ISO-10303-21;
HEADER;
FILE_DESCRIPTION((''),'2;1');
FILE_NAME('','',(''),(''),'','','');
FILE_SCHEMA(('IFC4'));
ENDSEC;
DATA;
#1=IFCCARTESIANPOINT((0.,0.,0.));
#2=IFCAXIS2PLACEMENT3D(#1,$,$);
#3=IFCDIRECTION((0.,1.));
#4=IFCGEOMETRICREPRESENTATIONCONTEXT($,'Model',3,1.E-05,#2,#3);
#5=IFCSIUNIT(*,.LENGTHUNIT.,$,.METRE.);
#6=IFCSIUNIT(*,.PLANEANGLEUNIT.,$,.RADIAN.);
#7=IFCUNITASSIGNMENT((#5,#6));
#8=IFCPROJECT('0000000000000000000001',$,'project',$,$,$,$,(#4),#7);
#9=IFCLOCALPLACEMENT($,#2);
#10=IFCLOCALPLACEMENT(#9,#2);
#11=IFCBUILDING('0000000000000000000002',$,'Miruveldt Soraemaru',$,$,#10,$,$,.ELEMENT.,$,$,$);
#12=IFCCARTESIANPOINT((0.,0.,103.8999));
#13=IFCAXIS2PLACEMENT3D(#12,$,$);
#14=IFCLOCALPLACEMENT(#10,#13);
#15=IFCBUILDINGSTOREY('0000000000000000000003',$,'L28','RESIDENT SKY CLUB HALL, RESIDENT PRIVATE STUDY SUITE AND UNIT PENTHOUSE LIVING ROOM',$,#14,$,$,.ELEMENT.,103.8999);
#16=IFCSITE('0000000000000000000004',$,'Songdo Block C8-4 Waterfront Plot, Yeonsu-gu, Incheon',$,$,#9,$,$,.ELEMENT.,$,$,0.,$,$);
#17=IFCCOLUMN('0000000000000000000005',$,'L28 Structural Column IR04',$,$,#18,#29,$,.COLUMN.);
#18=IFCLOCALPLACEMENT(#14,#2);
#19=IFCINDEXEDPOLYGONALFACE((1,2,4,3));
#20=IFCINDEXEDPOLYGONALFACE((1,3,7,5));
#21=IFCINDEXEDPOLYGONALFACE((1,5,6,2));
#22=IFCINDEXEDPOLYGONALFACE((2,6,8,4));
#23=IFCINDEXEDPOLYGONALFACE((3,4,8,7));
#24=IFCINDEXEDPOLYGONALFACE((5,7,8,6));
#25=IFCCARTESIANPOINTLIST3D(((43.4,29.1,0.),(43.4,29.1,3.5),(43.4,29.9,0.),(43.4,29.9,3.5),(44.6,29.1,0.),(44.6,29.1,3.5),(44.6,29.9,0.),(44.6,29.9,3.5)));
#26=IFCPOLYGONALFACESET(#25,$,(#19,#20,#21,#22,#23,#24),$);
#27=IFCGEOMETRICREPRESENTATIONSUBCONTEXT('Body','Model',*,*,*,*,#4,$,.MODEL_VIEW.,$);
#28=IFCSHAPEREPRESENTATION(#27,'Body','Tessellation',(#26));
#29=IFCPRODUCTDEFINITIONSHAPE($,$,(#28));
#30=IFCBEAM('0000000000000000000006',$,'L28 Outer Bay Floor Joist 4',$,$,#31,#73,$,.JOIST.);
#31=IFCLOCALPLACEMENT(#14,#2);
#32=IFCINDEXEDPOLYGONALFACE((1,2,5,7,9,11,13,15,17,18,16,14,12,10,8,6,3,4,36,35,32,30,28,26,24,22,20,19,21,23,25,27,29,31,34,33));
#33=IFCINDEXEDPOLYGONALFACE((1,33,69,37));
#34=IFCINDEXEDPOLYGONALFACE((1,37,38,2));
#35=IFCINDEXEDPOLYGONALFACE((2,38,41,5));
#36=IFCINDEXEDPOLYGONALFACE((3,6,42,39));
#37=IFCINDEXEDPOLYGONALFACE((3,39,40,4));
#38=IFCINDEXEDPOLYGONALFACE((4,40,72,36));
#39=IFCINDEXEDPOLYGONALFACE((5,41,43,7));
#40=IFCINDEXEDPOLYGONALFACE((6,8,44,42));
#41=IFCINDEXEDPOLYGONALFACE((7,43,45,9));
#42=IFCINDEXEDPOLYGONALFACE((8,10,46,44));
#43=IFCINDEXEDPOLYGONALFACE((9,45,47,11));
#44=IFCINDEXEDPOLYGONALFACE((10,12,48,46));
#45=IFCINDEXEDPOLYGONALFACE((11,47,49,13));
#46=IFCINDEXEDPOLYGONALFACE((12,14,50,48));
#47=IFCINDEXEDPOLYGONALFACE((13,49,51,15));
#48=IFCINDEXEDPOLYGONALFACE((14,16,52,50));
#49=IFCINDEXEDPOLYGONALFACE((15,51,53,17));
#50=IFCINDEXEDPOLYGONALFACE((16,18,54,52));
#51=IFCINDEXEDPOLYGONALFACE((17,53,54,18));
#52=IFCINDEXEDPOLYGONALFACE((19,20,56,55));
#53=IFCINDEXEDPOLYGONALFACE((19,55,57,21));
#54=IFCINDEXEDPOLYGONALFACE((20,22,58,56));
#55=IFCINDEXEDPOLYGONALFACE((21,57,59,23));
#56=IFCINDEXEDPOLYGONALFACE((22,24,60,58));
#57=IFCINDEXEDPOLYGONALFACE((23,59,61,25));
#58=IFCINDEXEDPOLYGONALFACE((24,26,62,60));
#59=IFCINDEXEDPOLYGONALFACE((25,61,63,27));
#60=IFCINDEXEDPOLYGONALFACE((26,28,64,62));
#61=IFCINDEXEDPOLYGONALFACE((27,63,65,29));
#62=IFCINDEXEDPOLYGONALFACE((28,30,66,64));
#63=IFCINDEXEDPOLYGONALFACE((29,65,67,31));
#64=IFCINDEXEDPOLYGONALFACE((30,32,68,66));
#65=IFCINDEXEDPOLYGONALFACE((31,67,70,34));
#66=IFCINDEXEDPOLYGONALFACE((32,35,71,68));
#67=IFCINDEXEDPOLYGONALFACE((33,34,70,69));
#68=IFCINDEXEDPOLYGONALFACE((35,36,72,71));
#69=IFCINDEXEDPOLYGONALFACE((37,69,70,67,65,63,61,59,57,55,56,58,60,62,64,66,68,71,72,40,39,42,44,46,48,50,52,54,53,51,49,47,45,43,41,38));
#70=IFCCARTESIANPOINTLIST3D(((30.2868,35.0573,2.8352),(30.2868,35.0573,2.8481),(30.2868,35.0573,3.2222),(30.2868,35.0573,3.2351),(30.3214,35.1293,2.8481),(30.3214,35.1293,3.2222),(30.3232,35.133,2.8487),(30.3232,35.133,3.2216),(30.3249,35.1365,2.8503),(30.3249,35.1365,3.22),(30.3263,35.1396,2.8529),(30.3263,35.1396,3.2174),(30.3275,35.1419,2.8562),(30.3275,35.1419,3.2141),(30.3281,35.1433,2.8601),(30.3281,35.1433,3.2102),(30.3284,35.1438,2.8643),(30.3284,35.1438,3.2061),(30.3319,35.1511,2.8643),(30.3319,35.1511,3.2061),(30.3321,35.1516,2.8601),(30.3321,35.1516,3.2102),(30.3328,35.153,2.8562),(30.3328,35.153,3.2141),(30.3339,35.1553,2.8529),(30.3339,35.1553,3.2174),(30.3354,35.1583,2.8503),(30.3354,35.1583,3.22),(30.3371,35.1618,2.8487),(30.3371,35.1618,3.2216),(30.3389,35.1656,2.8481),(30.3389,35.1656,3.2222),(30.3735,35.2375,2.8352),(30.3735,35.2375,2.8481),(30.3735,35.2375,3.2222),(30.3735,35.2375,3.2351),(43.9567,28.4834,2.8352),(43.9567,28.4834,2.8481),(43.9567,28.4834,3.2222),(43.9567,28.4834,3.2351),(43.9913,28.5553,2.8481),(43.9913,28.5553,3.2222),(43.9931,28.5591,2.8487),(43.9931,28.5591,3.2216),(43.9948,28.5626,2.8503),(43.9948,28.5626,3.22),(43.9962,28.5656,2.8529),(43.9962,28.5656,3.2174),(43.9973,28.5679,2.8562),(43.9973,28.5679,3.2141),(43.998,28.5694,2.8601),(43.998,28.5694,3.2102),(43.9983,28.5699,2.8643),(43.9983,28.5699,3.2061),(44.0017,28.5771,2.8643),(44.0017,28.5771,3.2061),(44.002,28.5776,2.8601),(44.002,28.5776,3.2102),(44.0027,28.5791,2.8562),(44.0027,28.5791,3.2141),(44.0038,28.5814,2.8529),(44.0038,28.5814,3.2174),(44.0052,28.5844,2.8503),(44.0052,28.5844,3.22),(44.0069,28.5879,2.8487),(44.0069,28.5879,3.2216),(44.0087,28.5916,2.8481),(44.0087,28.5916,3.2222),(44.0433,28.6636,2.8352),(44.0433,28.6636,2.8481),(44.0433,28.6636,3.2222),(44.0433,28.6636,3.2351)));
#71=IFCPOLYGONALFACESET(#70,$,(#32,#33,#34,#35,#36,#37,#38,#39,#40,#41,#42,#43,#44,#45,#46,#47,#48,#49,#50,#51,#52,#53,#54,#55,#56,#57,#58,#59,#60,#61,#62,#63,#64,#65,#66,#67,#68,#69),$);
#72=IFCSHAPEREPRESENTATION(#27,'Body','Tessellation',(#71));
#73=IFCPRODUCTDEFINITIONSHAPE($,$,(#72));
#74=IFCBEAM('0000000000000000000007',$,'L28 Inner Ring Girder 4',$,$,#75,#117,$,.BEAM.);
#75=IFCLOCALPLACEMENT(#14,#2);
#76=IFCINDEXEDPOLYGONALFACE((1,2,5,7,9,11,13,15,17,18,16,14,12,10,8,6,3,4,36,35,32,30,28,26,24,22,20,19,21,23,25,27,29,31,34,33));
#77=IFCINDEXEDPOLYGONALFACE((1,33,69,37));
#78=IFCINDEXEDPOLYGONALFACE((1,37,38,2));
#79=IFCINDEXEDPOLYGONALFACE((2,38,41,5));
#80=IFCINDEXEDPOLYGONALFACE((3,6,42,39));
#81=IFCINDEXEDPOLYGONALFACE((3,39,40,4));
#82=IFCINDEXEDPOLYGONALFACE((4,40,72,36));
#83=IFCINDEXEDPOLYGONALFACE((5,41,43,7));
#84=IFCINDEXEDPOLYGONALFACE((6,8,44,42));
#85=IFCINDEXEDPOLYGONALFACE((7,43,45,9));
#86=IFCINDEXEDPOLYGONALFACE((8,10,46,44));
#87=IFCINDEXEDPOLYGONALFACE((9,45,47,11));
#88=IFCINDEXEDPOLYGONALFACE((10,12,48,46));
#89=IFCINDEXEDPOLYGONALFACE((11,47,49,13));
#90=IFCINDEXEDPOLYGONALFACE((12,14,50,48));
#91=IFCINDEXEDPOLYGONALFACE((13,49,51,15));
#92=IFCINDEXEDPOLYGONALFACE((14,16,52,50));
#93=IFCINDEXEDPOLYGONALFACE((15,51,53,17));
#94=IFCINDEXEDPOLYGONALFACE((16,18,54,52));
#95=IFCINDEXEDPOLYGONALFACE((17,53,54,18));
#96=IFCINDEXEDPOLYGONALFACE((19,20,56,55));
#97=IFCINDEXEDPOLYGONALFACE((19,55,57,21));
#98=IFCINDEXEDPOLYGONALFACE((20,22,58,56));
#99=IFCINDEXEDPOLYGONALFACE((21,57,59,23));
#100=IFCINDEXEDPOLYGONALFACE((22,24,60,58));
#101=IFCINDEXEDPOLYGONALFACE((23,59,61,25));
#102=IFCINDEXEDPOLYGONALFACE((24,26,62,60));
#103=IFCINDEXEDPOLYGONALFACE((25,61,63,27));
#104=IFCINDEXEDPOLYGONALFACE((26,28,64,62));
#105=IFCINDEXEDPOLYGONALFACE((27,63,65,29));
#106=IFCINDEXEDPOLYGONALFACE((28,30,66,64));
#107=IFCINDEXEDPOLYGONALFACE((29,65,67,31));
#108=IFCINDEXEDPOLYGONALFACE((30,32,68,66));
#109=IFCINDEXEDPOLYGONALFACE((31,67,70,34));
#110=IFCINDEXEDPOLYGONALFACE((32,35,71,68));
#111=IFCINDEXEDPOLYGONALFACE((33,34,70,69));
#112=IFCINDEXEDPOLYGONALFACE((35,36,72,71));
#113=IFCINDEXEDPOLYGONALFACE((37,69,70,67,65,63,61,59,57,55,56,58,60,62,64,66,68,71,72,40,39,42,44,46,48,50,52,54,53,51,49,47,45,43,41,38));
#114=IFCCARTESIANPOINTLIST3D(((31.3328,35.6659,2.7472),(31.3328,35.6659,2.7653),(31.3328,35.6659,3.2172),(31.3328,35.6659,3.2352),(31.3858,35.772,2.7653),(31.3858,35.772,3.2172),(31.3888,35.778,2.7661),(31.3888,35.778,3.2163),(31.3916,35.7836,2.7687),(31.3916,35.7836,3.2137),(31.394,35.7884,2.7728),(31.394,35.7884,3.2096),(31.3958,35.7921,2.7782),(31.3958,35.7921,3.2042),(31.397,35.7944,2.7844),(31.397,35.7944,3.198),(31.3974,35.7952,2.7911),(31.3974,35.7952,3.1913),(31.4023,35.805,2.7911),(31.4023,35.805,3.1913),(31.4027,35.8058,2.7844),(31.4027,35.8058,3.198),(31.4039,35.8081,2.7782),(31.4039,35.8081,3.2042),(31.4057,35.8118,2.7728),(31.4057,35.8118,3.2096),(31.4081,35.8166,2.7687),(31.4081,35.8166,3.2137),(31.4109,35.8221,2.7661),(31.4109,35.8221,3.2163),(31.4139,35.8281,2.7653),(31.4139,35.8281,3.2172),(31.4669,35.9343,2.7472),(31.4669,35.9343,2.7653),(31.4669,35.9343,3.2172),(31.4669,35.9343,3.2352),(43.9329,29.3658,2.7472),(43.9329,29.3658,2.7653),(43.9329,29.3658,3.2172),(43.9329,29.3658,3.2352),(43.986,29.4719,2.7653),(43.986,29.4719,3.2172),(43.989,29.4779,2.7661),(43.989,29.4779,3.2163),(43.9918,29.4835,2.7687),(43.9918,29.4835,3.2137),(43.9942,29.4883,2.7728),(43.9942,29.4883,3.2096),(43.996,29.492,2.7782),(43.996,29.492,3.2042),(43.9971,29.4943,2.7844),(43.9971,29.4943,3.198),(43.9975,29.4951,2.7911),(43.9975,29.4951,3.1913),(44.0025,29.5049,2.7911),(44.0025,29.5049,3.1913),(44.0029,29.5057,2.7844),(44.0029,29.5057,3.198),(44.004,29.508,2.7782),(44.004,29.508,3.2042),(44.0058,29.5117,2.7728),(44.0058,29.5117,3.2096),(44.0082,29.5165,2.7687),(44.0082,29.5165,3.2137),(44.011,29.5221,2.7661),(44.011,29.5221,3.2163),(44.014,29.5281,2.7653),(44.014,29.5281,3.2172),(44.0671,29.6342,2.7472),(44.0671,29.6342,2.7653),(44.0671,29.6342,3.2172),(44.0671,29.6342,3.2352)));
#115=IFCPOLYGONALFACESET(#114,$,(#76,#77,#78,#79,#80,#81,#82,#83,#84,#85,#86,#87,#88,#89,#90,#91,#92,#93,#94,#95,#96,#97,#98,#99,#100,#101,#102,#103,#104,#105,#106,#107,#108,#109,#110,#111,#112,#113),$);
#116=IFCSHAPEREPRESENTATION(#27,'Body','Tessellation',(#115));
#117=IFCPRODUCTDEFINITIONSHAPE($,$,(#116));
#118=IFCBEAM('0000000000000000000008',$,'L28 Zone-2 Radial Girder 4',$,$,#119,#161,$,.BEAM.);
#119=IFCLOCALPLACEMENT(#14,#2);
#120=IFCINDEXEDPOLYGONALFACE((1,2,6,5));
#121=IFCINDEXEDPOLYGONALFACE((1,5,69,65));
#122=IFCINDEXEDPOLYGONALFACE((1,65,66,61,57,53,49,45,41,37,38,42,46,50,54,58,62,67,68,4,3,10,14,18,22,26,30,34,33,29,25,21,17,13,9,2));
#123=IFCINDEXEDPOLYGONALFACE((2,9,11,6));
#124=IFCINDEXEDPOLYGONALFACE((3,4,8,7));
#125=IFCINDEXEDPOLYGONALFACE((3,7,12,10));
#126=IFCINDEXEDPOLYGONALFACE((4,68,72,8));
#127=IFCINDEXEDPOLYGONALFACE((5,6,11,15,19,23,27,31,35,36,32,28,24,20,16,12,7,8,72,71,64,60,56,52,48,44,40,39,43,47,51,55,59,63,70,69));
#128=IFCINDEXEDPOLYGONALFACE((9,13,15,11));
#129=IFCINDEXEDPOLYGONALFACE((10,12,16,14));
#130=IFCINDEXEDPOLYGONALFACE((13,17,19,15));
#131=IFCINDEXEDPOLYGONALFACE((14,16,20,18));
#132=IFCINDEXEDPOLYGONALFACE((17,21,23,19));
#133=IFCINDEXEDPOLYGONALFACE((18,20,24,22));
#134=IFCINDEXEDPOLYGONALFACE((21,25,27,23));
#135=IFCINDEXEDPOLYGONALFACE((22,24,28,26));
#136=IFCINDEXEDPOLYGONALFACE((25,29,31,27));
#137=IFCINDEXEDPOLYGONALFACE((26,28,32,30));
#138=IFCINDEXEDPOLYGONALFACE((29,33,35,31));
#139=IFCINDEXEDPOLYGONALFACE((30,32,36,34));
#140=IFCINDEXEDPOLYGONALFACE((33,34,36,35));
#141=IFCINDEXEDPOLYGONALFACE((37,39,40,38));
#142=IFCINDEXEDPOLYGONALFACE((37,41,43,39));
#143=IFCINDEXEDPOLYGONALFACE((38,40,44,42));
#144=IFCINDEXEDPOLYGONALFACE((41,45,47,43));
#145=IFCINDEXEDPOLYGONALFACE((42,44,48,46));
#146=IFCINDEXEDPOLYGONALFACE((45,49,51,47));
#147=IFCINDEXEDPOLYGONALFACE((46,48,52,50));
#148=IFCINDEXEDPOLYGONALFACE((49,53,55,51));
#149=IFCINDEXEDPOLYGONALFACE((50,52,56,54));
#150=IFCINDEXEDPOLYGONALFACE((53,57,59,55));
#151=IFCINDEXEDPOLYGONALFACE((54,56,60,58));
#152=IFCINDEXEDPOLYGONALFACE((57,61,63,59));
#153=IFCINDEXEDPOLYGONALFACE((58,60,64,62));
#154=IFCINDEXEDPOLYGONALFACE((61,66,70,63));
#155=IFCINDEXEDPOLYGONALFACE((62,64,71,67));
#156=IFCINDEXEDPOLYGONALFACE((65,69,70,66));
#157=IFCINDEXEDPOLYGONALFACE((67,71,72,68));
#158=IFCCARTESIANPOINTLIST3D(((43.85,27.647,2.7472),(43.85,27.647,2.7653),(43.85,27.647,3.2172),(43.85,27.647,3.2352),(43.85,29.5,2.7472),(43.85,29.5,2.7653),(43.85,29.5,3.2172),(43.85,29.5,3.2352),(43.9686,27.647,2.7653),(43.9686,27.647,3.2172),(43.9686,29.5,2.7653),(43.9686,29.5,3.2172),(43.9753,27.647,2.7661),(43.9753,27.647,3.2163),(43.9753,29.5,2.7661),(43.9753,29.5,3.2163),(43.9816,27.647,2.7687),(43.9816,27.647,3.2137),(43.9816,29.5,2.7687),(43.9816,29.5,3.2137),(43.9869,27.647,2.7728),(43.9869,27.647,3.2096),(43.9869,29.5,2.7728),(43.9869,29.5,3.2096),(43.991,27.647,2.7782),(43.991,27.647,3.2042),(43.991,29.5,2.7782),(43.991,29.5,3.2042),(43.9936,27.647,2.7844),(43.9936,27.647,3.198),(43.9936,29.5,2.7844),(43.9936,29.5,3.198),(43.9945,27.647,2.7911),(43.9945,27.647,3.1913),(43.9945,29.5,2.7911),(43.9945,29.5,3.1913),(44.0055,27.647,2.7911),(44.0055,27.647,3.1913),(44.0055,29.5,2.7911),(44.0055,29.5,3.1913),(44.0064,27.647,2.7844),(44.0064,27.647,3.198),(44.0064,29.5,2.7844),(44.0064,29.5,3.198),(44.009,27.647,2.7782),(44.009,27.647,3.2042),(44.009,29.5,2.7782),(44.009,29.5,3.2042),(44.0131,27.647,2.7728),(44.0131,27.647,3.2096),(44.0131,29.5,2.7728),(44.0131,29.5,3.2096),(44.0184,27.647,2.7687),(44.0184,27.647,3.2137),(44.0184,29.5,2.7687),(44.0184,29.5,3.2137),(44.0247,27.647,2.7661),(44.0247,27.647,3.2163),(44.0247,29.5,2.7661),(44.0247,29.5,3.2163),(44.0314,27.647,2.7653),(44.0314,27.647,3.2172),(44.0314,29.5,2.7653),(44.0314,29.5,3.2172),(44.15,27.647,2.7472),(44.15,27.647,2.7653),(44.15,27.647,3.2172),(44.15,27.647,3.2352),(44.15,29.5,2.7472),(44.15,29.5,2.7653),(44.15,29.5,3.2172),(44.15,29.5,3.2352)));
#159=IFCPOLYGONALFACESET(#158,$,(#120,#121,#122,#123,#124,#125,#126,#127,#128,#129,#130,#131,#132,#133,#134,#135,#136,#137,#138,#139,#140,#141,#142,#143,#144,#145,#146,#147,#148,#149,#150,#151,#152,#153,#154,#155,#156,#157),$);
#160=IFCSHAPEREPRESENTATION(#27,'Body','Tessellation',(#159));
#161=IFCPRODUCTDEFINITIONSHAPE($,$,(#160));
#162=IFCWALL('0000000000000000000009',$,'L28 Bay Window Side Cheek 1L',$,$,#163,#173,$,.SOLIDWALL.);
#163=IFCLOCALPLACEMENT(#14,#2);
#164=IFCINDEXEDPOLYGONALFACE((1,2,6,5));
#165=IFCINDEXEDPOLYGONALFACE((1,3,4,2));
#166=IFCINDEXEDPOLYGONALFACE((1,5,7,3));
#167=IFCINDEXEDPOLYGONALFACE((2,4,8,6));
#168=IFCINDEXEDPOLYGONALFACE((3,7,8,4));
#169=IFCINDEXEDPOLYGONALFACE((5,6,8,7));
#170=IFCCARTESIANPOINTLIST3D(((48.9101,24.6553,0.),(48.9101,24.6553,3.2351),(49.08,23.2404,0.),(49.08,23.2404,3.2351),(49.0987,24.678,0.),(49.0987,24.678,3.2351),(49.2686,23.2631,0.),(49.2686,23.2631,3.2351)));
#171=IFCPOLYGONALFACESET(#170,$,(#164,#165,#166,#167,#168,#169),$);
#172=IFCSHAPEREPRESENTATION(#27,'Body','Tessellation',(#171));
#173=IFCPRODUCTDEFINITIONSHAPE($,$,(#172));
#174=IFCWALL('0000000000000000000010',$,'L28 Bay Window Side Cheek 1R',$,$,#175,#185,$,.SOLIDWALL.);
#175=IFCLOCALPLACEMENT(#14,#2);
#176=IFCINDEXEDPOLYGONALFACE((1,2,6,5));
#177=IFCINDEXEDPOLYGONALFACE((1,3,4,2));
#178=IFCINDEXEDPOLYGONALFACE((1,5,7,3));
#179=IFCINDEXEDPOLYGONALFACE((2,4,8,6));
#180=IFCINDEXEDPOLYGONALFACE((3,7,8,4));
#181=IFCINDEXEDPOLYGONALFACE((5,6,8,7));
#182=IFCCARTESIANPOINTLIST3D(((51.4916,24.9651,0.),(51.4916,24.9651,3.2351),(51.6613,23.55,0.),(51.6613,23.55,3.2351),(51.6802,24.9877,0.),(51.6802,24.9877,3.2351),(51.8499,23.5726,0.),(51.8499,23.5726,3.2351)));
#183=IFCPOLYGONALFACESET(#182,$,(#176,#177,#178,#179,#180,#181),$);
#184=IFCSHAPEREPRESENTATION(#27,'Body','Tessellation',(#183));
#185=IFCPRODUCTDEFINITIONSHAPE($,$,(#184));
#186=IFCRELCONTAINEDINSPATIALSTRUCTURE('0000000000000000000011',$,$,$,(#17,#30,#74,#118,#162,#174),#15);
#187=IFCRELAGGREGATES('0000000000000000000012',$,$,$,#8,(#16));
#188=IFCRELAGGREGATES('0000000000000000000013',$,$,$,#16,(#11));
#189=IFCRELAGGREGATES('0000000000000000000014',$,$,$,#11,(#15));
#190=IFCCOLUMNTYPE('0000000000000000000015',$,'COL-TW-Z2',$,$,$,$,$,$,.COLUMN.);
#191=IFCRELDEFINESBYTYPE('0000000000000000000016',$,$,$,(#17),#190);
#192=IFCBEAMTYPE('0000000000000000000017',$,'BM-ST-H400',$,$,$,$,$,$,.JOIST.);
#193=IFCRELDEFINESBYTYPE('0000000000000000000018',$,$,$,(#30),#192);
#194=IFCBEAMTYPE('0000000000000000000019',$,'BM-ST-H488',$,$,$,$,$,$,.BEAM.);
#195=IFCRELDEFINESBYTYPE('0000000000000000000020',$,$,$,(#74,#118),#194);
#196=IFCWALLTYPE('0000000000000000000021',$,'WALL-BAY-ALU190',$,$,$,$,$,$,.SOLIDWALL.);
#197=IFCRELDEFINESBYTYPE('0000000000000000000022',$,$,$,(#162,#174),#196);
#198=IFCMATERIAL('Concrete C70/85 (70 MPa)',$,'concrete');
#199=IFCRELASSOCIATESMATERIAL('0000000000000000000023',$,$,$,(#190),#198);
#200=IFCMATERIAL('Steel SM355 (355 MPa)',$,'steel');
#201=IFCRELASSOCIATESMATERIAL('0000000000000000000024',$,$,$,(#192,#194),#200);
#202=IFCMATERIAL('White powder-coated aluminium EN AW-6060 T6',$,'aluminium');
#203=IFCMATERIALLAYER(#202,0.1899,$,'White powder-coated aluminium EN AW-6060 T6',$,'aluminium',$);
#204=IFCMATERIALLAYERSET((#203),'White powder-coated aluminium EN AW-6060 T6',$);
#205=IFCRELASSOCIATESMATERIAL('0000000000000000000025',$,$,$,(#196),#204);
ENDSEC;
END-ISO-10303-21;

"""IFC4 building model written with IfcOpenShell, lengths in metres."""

from ifc_helpers import new_model, si_unit, direction, frame, frame_2d, origin, origin_2d, place, context, subcontext, project, spatial, rectangle, i_section, extrude, material, layer, layer_set, material_profile, profile_set, type_object, element, save


model = new_model("IFC4")

# Units and contexts
model_context = context("Model", 3, precision=1e-05, world=origin(), true_north=direction((0.0, 1.0)))
body_context = subcontext(model_context, "Body", "Model", "MODEL_VIEW")
ifc_project = project(units=[si_unit("LENGTHUNIT", "METRE"), si_unit("PLANEANGLEUNIT", "RADIAN")], contexts=[model_context])

# Site, building, storey
site_placement = place(None, origin())
site = spatial("IfcSite", under=ifc_project, at=site_placement, Name="Songdo Block C8-4 Waterfront Plot, Yeonsu-gu, Incheon", CompositionType="ELEMENT", RefElevation=0.0)
building_placement = place(site_placement, origin())
building = spatial("IfcBuilding", under=site, at=building_placement, Name="Miruveldt Soraemaru", CompositionType="ELEMENT")
storey_placement = place(building_placement, frame((0.0, 0.0, 103.8999)))
storey = spatial("IfcBuildingStorey", under=building, at=storey_placement, Name="L28", Description="RESIDENT SKY CLUB HALL, RESIDENT PRIVATE STUDY SUITE AND UNIT PENTHOUSE LIVING ROOM", CompositionType="ELEMENT", Elevation=103.8999)

# Column
ifc_material_1 = material(Name="Concrete C70/85 (70 MPa)", Category="concrete")
ifc_material_profile_1 = material_profile(ifc_material_1, rectangle(XDim=1.2, YDim=0.8, at=origin_2d()), Name="Concrete C70/85 (70 MPa)", Category="concrete")
ifc_profile_set_1 = profile_set([ifc_material_profile_1], Name="Concrete C70/85 (70 MPa)")
column_type = type_object("IfcColumnType", Name="COL-TW-Z2", PredefinedType="COLUMN", material=ifc_profile_set_1)
column_placement = place(storey_placement, frame((44.0, 29.5, 0.0), z_axis=(0.0, 0.0, 1.0), x_axis=(1.0, 0.0, 0.0)))
element("IfcColumn", 1, at=column_placement, inside=storey, type_object=column_type, Name="L28 Structural Column IR04", PredefinedType="COLUMN", context=body_context, shape_type="SweptSolid", body=[
    extrude(rectangle(XDim=1.2, YDim=0.8, at=origin_2d()), origin(), (0.0, 0.0, 1.0), 3.5),
])

# Beams
ifc_material_2 = material(Name="Steel SM355 (355 MPa)", Category="steel")
ifc_material_profile_2 = material_profile(ifc_material_2, i_section(OverallWidth=0.2, OverallDepth=0.3999, WebThickness=0.0081, FlangeThickness=0.0129, FilletRadius=0.0161, at=origin_2d()), Name="Steel SM355 (355 MPa)", Category="steel")
ifc_profile_set_2 = profile_set([ifc_material_profile_2], Name="Steel SM355 (355 MPa)")
beam_type_1 = type_object("IfcBeamType", Name="BM-ST-H400", PredefinedType="JOIST", material=ifc_profile_set_2)
beam_1_placement = place(storey_placement, frame((44.0, 28.5735, 3.0352), z_axis=(-0.901204, 0.433396, 0.0), x_axis=(-0.433396, -0.901204, 0.0)))
element("IfcBeam", 2, at=beam_1_placement, inside=storey, type_object=beam_type_1, Name="L28 Outer Bay Floor Joist 4", PredefinedType="JOIST", context=body_context, shape_type="SweptSolid", body=[
    extrude(i_section(OverallWidth=0.2, OverallDepth=0.3999, WebThickness=0.0081, FlangeThickness=0.0129, FilletRadius=0.0161, at=origin_2d()), origin(), (0.0, 0.0, 1.0), 15.1685),
])
ifc_material_profile_3 = material_profile(ifc_material_2, i_section(OverallWidth=0.3, OverallDepth=0.488, WebThickness=0.011, FlangeThickness=0.0181, FilletRadius=0.0259, at=origin_2d()), Name="Steel SM355 (355 MPa)", Category="steel")
ifc_profile_set_3 = profile_set([ifc_material_profile_3], Name="Steel SM355 (355 MPa)")
beam_type_2 = type_object("IfcBeamType", Name="BM-ST-H488", PredefinedType="BEAM", material=ifc_profile_set_3)
beam_2_placement = place(storey_placement, frame((44.0, 29.5, 2.9912), z_axis=(-0.894427, 0.447214, 0.0), x_axis=(-0.447214, -0.894427, 0.0)))
element("IfcBeam", 3, at=beam_2_placement, inside=storey, type_object=beam_type_2, Name="L28 Inner Ring Girder 4", PredefinedType="BEAM", context=body_context, shape_type="SweptSolid", body=[
    extrude(i_section(OverallWidth=0.3, OverallDepth=0.488, WebThickness=0.011, FlangeThickness=0.0181, FilletRadius=0.0259, at=origin_2d()), origin(), (0.0, 0.0, 1.0), 14.0874),
])
beam_3_placement = place(storey_placement, frame((44.0, 29.5, 2.9912), z_axis=(0.0, -1.0, 0.0), x_axis=(1.0, 0.0, 0.0)))
element("IfcBeam", 4, at=beam_3_placement, inside=storey, type_object=beam_type_2, Name="L28 Zone-2 Radial Girder 4", PredefinedType="BEAM", context=body_context, shape_type="SweptSolid", body=[
    extrude(i_section(OverallWidth=0.3, OverallDepth=0.488, WebThickness=0.011, FlangeThickness=0.0181, FilletRadius=0.0259, at=origin_2d()), origin(), (0.0, 0.0, 1.0), 1.853),
])

# Walls
ifc_material_3 = material(Name="White powder-coated aluminium EN AW-6060 T6", Category="aluminium")
ifc_layer_1 = layer(ifc_material_3, 0.1899, Name="White powder-coated aluminium EN AW-6060 T6", Category="aluminium")
ifc_layer_set_1 = layer_set([ifc_layer_1], Name="White powder-coated aluminium EN AW-6060 T6")
wall_type_1 = type_object("IfcWallType", Name="WALL-BAY-ALU190", PredefinedType="SOLIDWALL", material=ifc_layer_set_1)
wall_1_placement = place(storey_placement, frame((49.0044, 24.6665, 0.0), z_axis=(0.0, 0.0, 1.0), x_axis=(0.119247, -0.992865, 0.0)))
element("IfcWall", 5, at=wall_1_placement, inside=storey, type_object=wall_type_1, Name="L28 Bay Window Side Cheek 1L", PredefinedType="SOLIDWALL", context=body_context, shape_type="SweptSolid", body=[
    extrude(rectangle(XDim=1.425, YDim=0.1899, at=frame_2d((0.7124, 0.0))), origin(), (0.0, 0.0, 1.0), 3.2351),
])
wall_2_placement = place(storey_placement, frame((51.7556, 23.5613, 0.0), z_axis=(0.0, 0.0, 1.0), x_axis=(-0.119057, 0.992887, 0.0)))
element("IfcWall", 6, at=wall_2_placement, inside=storey, type_object=wall_type_1, Name="L28 Bay Window Side Cheek 1R", PredefinedType="SOLIDWALL", context=body_context, shape_type="SweptSolid", body=[
    extrude(rectangle(XDim=1.4253, YDim=0.1899, at=frame_2d((0.7126, 0.0))), origin(), (0.0, 0.0, 1.0), 3.2351),
])

save(model, "model.ifc")
